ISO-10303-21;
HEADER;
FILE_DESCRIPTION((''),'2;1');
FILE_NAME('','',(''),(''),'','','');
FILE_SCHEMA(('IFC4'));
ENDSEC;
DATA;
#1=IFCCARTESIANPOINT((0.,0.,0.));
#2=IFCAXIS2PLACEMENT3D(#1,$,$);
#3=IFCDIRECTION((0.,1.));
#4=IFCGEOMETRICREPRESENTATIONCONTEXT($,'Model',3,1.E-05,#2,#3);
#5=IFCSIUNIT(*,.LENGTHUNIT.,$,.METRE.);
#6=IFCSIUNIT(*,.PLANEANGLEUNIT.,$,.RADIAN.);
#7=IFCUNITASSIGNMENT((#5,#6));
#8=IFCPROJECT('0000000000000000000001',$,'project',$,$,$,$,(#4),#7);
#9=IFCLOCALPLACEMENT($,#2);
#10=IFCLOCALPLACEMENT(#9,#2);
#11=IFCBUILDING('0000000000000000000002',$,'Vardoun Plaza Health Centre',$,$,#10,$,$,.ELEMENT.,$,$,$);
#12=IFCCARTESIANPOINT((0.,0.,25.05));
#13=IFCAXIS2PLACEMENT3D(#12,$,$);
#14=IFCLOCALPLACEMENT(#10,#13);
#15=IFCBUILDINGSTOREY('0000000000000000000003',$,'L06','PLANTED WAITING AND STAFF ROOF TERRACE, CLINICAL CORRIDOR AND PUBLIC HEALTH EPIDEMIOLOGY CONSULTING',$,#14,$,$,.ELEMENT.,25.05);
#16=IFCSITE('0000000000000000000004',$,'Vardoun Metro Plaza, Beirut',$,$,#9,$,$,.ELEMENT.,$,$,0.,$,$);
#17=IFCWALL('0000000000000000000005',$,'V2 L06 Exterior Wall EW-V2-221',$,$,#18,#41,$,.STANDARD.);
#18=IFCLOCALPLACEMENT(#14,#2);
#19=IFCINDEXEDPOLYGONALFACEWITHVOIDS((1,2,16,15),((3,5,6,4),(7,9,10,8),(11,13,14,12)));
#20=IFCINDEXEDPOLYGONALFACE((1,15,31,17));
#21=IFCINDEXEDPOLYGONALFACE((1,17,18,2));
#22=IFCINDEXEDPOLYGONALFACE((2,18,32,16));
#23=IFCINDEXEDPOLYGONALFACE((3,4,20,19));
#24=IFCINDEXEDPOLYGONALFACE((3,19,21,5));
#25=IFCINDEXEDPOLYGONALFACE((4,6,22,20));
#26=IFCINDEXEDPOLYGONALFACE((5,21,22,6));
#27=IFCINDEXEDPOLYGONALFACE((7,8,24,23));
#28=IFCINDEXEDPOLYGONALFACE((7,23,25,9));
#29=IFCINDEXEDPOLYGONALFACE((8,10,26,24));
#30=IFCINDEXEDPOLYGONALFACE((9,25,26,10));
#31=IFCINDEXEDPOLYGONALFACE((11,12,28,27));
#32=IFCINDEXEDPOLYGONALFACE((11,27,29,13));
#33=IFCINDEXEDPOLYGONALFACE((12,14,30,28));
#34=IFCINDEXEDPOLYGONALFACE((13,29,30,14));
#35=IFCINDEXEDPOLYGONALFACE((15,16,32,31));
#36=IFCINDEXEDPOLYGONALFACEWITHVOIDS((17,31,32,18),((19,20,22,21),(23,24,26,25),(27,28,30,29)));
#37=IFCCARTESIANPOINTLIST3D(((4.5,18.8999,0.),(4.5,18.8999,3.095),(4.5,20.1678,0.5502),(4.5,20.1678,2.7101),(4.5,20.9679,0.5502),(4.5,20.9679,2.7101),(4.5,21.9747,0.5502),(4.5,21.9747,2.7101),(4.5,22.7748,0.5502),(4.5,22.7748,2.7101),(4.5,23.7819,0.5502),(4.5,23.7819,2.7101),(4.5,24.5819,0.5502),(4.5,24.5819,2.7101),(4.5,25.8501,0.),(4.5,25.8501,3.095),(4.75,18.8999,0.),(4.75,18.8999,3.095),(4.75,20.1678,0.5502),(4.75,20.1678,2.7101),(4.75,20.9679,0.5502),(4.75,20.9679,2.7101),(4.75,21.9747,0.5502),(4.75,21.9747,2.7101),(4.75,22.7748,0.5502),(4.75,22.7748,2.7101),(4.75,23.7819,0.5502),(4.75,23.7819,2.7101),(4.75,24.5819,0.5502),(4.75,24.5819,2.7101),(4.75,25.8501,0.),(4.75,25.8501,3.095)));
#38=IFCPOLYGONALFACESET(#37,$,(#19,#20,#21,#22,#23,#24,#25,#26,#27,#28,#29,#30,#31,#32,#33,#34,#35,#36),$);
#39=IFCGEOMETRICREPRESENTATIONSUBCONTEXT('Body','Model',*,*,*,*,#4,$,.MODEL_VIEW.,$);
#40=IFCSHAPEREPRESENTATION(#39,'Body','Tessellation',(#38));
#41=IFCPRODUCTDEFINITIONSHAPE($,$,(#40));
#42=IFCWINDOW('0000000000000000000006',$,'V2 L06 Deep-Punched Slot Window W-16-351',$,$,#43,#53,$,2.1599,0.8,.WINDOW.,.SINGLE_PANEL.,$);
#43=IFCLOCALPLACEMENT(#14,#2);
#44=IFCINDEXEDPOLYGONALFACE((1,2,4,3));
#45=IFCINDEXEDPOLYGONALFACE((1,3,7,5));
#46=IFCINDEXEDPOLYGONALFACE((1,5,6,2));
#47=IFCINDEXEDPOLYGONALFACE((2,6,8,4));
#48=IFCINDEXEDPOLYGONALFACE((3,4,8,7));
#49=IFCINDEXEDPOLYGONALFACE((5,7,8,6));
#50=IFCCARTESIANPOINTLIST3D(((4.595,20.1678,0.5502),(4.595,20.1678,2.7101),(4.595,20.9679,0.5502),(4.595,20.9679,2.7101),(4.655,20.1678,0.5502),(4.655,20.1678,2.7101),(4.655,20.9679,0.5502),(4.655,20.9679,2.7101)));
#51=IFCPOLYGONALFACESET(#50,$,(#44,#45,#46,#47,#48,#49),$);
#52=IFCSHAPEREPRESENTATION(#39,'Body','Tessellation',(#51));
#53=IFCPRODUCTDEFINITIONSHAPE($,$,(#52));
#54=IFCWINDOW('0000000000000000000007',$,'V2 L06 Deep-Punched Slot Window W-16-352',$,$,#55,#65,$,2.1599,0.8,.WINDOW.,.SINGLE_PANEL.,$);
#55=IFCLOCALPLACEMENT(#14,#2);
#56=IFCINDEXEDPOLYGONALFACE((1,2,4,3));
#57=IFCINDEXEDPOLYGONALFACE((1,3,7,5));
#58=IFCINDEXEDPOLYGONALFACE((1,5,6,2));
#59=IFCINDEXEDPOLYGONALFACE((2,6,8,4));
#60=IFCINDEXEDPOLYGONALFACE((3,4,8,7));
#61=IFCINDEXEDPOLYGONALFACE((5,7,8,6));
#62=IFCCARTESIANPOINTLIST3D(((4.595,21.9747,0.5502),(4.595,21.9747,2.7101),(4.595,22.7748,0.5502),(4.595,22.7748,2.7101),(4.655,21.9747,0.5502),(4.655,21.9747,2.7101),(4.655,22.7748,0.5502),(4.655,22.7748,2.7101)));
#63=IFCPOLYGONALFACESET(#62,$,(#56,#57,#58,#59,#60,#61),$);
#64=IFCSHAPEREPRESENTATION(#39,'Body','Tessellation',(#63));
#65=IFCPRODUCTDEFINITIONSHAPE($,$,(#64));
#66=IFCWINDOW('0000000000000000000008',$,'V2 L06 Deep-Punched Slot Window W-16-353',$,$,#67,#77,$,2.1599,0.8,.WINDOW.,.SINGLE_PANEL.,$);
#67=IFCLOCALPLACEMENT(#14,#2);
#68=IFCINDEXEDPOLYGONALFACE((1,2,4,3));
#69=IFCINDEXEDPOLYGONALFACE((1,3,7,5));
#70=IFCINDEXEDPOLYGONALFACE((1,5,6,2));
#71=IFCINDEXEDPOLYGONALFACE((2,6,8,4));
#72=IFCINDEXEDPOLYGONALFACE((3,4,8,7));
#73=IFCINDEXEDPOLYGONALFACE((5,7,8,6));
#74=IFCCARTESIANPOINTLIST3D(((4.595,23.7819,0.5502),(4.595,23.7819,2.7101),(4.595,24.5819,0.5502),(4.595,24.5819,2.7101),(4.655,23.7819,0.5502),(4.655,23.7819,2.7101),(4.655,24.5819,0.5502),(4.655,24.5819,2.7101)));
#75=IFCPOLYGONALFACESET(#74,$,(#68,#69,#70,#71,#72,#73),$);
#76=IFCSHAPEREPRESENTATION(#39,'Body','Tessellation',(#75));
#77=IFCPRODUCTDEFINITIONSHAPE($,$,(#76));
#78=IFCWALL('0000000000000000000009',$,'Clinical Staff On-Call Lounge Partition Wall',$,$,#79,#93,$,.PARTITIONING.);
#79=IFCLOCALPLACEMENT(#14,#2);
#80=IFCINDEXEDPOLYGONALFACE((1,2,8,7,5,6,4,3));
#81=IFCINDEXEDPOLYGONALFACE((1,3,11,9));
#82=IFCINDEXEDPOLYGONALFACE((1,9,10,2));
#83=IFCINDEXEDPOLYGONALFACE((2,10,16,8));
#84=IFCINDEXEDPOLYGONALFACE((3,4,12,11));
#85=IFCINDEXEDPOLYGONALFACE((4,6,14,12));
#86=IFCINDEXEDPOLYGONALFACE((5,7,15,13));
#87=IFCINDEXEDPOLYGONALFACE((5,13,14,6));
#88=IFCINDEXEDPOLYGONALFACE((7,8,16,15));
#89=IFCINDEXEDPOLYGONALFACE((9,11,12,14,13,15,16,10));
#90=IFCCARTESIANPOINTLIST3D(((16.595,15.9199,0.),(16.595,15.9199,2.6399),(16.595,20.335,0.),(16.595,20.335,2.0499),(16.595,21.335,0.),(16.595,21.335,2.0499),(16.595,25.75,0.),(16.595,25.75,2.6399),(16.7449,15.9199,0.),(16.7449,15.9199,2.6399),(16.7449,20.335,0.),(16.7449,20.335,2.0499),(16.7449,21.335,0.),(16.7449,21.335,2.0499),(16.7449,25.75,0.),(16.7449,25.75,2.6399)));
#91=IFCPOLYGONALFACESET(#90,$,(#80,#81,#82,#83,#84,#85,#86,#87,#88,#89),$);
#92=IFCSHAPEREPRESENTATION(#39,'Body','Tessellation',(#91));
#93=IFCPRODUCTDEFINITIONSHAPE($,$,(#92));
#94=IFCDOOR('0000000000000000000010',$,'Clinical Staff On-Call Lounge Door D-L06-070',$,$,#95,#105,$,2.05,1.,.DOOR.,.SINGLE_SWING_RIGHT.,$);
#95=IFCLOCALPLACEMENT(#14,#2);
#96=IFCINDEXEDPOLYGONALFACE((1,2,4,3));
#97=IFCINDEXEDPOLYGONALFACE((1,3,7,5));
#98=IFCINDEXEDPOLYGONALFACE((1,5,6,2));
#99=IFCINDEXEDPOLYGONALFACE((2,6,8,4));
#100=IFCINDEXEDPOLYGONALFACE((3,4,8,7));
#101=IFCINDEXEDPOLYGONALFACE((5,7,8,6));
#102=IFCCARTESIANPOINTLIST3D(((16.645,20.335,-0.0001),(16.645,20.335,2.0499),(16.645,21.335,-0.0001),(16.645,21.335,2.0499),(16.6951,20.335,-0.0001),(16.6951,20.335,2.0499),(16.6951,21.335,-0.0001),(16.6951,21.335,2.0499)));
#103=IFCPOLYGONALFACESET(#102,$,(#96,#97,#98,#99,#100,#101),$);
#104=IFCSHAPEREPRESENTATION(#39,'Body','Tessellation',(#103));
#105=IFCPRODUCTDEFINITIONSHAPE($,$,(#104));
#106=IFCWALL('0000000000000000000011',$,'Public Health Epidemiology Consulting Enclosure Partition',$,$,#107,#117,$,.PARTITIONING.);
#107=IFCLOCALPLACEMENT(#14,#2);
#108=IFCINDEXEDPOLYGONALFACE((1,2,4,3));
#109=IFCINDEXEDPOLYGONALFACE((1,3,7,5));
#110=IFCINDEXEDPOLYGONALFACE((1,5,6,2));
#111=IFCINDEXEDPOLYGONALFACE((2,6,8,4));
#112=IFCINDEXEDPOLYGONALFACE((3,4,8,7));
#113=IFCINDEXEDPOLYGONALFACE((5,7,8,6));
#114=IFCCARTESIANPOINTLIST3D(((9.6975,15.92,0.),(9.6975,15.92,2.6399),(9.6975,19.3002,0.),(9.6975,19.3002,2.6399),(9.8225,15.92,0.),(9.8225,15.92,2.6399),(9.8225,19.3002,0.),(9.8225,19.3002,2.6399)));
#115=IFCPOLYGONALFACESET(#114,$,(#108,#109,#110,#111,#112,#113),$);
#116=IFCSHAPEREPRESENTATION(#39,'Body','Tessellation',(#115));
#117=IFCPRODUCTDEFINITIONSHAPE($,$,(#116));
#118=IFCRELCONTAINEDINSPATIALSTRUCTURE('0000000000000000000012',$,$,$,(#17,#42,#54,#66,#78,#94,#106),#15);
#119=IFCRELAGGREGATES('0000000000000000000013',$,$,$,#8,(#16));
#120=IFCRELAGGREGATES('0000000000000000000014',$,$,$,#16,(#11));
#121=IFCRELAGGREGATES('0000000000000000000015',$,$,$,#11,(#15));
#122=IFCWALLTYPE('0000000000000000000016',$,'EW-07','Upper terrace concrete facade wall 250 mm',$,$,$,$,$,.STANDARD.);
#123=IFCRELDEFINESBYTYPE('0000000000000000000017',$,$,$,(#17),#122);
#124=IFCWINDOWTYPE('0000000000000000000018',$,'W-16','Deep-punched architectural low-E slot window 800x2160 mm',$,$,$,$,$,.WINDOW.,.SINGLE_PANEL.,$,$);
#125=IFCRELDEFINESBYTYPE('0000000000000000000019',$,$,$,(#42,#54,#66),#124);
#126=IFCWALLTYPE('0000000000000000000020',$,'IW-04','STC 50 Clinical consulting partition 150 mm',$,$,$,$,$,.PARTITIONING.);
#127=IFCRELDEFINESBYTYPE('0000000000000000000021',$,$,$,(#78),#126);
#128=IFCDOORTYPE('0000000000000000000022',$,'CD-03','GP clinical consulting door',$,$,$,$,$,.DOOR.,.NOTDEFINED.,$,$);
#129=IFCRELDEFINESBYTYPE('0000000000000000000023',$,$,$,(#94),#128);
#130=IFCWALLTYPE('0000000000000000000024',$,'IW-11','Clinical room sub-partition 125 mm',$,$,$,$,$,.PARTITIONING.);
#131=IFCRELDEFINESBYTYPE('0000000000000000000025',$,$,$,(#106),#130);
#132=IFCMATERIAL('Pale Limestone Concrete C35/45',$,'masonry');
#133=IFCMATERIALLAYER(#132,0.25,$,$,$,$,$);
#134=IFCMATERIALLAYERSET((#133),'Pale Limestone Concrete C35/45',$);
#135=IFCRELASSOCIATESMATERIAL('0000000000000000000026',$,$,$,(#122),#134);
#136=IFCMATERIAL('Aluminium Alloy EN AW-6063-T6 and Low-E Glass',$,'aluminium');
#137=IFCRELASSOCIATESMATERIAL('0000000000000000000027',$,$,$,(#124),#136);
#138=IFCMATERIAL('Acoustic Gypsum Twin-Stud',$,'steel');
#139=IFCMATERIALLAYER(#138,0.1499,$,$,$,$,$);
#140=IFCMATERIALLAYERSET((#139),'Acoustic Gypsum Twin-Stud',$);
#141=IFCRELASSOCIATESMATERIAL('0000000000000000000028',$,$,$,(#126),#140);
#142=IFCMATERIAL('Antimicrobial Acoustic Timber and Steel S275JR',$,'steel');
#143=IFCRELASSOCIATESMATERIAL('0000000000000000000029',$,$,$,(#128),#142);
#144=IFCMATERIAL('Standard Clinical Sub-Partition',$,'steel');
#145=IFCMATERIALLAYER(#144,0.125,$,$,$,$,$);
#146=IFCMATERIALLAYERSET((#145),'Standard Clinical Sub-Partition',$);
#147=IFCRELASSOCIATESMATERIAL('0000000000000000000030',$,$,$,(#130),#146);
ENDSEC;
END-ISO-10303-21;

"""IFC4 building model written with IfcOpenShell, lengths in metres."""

from ifc_helpers import new_model, si_unit, direction, frame, frame_2d, origin, place, context, subcontext, project, spatial, rectangle, extrude, material, layer, layer_set, type_object, element, fill, save


model = new_model("IFC4")

# Units and contexts
model_context = context("Model", 3, precision=1e-05, world=origin(), true_north=direction((0.0, 1.0)))
body_context = subcontext(model_context, "Body", "Model", "MODEL_VIEW")
ifc_project = project(units=[si_unit("LENGTHUNIT", "METRE"), si_unit("PLANEANGLEUNIT", "RADIAN")], contexts=[model_context])

# Site, building, storey
site_placement = place(None, origin())
site = spatial("IfcSite", under=ifc_project, at=site_placement, Name="Vardoun Metro Plaza, Beirut", CompositionType="ELEMENT", RefElevation=0.0)
building_placement = place(site_placement, origin())
building = spatial("IfcBuilding", under=site, at=building_placement, Name="Vardoun Plaza Health Centre", CompositionType="ELEMENT")
storey_placement = place(building_placement, frame((0.0, 0.0, 25.05)))
storey = spatial("IfcBuildingStorey", under=building, at=storey_placement, Name="L06", Description="PLANTED WAITING AND STAFF ROOF TERRACE, CLINICAL CORRIDOR AND PUBLIC HEALTH EPIDEMIOLOGY CONSULTING", CompositionType="ELEMENT", Elevation=25.05)

# Shared definitions
ifc_material_1 = material(Name="Pale Limestone Concrete C35/45", Category="masonry")
ifc_layer_1 = layer(ifc_material_1, 0.25)
ifc_layer_set_1 = layer_set([ifc_layer_1], Name="Pale Limestone Concrete C35/45")
wall_type_1 = type_object("IfcWallType", Name="EW-07", Description="Upper terrace concrete facade wall 250 mm", PredefinedType="STANDARD", material=ifc_layer_set_1)

# Wall, openings, windows
wall_1_placement = place(storey_placement, frame((4.625, 18.8999, 0.0), z_axis=(0.0, 0.0, 1.0), x_axis=(0.0, 1.0, 0.0)))
wall_1 = element("IfcWall", 1, at=wall_1_placement, inside=storey, type_object=wall_type_1, Name="V2 L06 Exterior Wall EW-V2-221", PredefinedType="STANDARD", context=body_context, shape_type="SweptSolid", body=[
    extrude(rectangle(XDim=6.9502, YDim=0.25, at=frame_2d((3.4751, 0.0))), origin(), (0.0, 0.0, 1.0), 3.095),
])
opening_1_placement = place(wall_1_placement, frame((1.2681, 0.0, 0.55)))
opening_1 = element("IfcOpeningElement", 2, at=opening_1_placement, cuts=wall_1, PredefinedType="OPENING", context=body_context, shape_type="SweptSolid", body=[
    extrude(rectangle(XDim=0.8, YDim=2.1599, at=frame_2d((0.3999, 1.0801))), frame((0.0, 0.125, 0.0), z_axis=(0.0, -1.0, 0.0), x_axis=(1.0, 0.0, 0.0)), (0.0, 0.0, 1.0), 0.25),
])
opening_2_placement = place(wall_1_placement, frame((3.075, 0.0, 0.55)))
opening_2 = element("IfcOpeningElement", 3, at=opening_2_placement, cuts=wall_1, PredefinedType="OPENING", context=body_context, shape_type="SweptSolid", body=[
    extrude(rectangle(XDim=0.8, YDim=2.1599, at=frame_2d((0.3999, 1.0801))), frame((0.0, 0.125, 0.0), z_axis=(0.0, -1.0, 0.0), x_axis=(1.0, 0.0, 0.0)), (0.0, 0.0, 1.0), 0.25),
])
opening_3_placement = place(wall_1_placement, frame((4.8821, 0.0, 0.55)))
opening_3 = element("IfcOpeningElement", 4, at=opening_3_placement, cuts=wall_1, PredefinedType="OPENING", context=body_context, shape_type="SweptSolid", body=[
    extrude(rectangle(XDim=0.8, YDim=2.1599, at=frame_2d((0.3999, 1.0801))), frame((0.0, 0.125, 0.0), z_axis=(0.0, -1.0, 0.0), x_axis=(1.0, 0.0, 0.0)), (0.0, 0.0, 1.0), 0.25),
])
ifc_material_2 = material(Name="Aluminium Alloy EN AW-6063-T6 and Low-E Glass", Category="aluminium")
window_type = type_object("IfcWindowType", Name="W-16", Description="Deep-punched architectural low-E slot window 800x2160 mm", PartitioningType="SINGLE_PANEL", PredefinedType="WINDOW", material=ifc_material_2)
window_1_placement = place(opening_1_placement, origin())
window_1 = element("IfcWindow", 5, at=window_1_placement, inside=storey, type_object=window_type, Name="V2 L06 Deep-Punched Slot Window W-16-351", OverallHeight=2.1599, OverallWidth=0.8, PartitioningType="SINGLE_PANEL", PredefinedType="WINDOW", context=body_context, shape_type="SweptSolid", body=[
    extrude(rectangle(XDim=0.8, YDim=2.1599, at=frame_2d((0.3999, 1.0801))), frame((0.0, 0.03, 0.0), z_axis=(0.0, -1.0, 0.0), x_axis=(1.0, 0.0, 0.0)), (0.0, 0.0, 1.0), 0.0601),
])
fill(opening_1, window_1)
window_2_placement = place(opening_2_placement, origin())
window_2 = element("IfcWindow", 6, at=window_2_placement, inside=storey, type_object=window_type, Name="V2 L06 Deep-Punched Slot Window W-16-352", OverallHeight=2.1599, OverallWidth=0.8, PartitioningType="SINGLE_PANEL", PredefinedType="WINDOW", context=body_context, shape_type="SweptSolid", body=[
    extrude(rectangle(XDim=0.8, YDim=2.1599, at=frame_2d((0.3999, 1.0801))), frame((0.0, 0.03, 0.0), z_axis=(0.0, -1.0, 0.0), x_axis=(1.0, 0.0, 0.0)), (0.0, 0.0, 1.0), 0.0601),
])
fill(opening_2, window_2)
window_3_placement = place(opening_3_placement, origin())
window_3 = element("IfcWindow", 7, at=window_3_placement, inside=storey, type_object=window_type, Name="V2 L06 Deep-Punched Slot Window W-16-353", OverallHeight=2.1599, OverallWidth=0.8, PartitioningType="SINGLE_PANEL", PredefinedType="WINDOW", context=body_context, shape_type="SweptSolid", body=[
    extrude(rectangle(XDim=0.8, YDim=2.1599, at=frame_2d((0.3999, 1.0801))), frame((0.0, 0.03, 0.0), z_axis=(0.0, -1.0, 0.0), x_axis=(1.0, 0.0, 0.0)), (0.0, 0.0, 1.0), 0.0601),
])
fill(opening_3, window_3)

# Wall, opening, door
ifc_material_3 = material(Name="Acoustic Gypsum Twin-Stud", Category="steel")
ifc_layer_2 = layer(ifc_material_3, 0.1499)
ifc_layer_set_2 = layer_set([ifc_layer_2], Name="Acoustic Gypsum Twin-Stud")
wall_type_2 = type_object("IfcWallType", Name="IW-04", Description="STC 50 Clinical consulting partition 150 mm", PredefinedType="PARTITIONING", material=ifc_layer_set_2)
wall_2_placement = place(storey_placement, frame((16.6699, 15.9199, 0.0), z_axis=(0.0, 0.0, 1.0), x_axis=(0.0, 1.0, 0.0)))
wall_2 = element("IfcWall", 8, at=wall_2_placement, inside=storey, type_object=wall_type_2, Name="Clinical Staff On-Call Lounge Partition Wall", PredefinedType="PARTITIONING", context=body_context, shape_type="SweptSolid", body=[
    extrude(rectangle(XDim=9.8301, YDim=0.1499, at=frame_2d((4.915, 0.0))), origin(), (0.0, 0.0, 1.0), 2.6399),
])
opening_4_placement = place(wall_2_placement, frame((4.415, 0.0, 0.0)))
opening_4 = element("IfcOpeningElement", 9, at=opening_4_placement, cuts=wall_2, PredefinedType="OPENING", context=body_context, shape_type="SweptSolid", body=[
    extrude(rectangle(XDim=1.0, YDim=2.05, at=frame_2d((0.5, 1.0249))), frame((0.0, 0.075, 0.0), z_axis=(0.0, -1.0, 0.0), x_axis=(1.0, 0.0, 0.0)), (0.0, 0.0, 1.0), 0.1499),
])
ifc_material_4 = material(Name="Antimicrobial Acoustic Timber and Steel S275JR", Category="steel")
door_type_1 = type_object("IfcDoorType", Name="CD-03", Description="GP clinical consulting door", OperationType="NOTDEFINED", PredefinedType="DOOR", material=ifc_material_4)
door_1_placement = place(opening_4_placement, origin())
door_1 = element("IfcDoor", 10, at=door_1_placement, inside=storey, type_object=door_type_1, Name="Clinical Staff On-Call Lounge Door D-L06-070", OperationType="SINGLE_SWING_RIGHT", OverallHeight=2.05, OverallWidth=1.0, PredefinedType="DOOR", context=body_context, shape_type="SweptSolid", body=[
    extrude(rectangle(XDim=1.0, YDim=2.05, at=frame_2d((0.5, 1.0249))), frame((0.0, 0.0249, 0.0), z_axis=(0.0, -1.0, 0.0), x_axis=(1.0, 0.0, 0.0)), (0.0, 0.0, 1.0), 0.05),
])
fill(opening_4, door_1)

# Wall
ifc_material_5 = material(Name="Standard Clinical Sub-Partition", Category="steel")
ifc_layer_3 = layer(ifc_material_5, 0.125)
ifc_layer_set_3 = layer_set([ifc_layer_3], Name="Standard Clinical Sub-Partition")
wall_type_3 = type_object("IfcWallType", Name="IW-11", Description="Clinical room sub-partition 125 mm", PredefinedType="PARTITIONING", material=ifc_layer_set_3)
wall_3_placement = place(storey_placement, frame((9.76, 19.3, 0.0), z_axis=(0.0, 0.0, 1.0), x_axis=(0.0, -1.0, 0.0)))
element("IfcWall", 11, at=wall_3_placement, inside=storey, type_object=wall_type_3, Name="Public Health Epidemiology Consulting Enclosure Partition", PredefinedType="PARTITIONING", context=body_context, shape_type="SweptSolid", body=[
    extrude(rectangle(XDim=3.3801, YDim=0.125, at=frame_2d((1.6899, 0.0))), origin(), (0.0, 0.0, 1.0), 2.6399),
])

save(model, "model.ifc")
